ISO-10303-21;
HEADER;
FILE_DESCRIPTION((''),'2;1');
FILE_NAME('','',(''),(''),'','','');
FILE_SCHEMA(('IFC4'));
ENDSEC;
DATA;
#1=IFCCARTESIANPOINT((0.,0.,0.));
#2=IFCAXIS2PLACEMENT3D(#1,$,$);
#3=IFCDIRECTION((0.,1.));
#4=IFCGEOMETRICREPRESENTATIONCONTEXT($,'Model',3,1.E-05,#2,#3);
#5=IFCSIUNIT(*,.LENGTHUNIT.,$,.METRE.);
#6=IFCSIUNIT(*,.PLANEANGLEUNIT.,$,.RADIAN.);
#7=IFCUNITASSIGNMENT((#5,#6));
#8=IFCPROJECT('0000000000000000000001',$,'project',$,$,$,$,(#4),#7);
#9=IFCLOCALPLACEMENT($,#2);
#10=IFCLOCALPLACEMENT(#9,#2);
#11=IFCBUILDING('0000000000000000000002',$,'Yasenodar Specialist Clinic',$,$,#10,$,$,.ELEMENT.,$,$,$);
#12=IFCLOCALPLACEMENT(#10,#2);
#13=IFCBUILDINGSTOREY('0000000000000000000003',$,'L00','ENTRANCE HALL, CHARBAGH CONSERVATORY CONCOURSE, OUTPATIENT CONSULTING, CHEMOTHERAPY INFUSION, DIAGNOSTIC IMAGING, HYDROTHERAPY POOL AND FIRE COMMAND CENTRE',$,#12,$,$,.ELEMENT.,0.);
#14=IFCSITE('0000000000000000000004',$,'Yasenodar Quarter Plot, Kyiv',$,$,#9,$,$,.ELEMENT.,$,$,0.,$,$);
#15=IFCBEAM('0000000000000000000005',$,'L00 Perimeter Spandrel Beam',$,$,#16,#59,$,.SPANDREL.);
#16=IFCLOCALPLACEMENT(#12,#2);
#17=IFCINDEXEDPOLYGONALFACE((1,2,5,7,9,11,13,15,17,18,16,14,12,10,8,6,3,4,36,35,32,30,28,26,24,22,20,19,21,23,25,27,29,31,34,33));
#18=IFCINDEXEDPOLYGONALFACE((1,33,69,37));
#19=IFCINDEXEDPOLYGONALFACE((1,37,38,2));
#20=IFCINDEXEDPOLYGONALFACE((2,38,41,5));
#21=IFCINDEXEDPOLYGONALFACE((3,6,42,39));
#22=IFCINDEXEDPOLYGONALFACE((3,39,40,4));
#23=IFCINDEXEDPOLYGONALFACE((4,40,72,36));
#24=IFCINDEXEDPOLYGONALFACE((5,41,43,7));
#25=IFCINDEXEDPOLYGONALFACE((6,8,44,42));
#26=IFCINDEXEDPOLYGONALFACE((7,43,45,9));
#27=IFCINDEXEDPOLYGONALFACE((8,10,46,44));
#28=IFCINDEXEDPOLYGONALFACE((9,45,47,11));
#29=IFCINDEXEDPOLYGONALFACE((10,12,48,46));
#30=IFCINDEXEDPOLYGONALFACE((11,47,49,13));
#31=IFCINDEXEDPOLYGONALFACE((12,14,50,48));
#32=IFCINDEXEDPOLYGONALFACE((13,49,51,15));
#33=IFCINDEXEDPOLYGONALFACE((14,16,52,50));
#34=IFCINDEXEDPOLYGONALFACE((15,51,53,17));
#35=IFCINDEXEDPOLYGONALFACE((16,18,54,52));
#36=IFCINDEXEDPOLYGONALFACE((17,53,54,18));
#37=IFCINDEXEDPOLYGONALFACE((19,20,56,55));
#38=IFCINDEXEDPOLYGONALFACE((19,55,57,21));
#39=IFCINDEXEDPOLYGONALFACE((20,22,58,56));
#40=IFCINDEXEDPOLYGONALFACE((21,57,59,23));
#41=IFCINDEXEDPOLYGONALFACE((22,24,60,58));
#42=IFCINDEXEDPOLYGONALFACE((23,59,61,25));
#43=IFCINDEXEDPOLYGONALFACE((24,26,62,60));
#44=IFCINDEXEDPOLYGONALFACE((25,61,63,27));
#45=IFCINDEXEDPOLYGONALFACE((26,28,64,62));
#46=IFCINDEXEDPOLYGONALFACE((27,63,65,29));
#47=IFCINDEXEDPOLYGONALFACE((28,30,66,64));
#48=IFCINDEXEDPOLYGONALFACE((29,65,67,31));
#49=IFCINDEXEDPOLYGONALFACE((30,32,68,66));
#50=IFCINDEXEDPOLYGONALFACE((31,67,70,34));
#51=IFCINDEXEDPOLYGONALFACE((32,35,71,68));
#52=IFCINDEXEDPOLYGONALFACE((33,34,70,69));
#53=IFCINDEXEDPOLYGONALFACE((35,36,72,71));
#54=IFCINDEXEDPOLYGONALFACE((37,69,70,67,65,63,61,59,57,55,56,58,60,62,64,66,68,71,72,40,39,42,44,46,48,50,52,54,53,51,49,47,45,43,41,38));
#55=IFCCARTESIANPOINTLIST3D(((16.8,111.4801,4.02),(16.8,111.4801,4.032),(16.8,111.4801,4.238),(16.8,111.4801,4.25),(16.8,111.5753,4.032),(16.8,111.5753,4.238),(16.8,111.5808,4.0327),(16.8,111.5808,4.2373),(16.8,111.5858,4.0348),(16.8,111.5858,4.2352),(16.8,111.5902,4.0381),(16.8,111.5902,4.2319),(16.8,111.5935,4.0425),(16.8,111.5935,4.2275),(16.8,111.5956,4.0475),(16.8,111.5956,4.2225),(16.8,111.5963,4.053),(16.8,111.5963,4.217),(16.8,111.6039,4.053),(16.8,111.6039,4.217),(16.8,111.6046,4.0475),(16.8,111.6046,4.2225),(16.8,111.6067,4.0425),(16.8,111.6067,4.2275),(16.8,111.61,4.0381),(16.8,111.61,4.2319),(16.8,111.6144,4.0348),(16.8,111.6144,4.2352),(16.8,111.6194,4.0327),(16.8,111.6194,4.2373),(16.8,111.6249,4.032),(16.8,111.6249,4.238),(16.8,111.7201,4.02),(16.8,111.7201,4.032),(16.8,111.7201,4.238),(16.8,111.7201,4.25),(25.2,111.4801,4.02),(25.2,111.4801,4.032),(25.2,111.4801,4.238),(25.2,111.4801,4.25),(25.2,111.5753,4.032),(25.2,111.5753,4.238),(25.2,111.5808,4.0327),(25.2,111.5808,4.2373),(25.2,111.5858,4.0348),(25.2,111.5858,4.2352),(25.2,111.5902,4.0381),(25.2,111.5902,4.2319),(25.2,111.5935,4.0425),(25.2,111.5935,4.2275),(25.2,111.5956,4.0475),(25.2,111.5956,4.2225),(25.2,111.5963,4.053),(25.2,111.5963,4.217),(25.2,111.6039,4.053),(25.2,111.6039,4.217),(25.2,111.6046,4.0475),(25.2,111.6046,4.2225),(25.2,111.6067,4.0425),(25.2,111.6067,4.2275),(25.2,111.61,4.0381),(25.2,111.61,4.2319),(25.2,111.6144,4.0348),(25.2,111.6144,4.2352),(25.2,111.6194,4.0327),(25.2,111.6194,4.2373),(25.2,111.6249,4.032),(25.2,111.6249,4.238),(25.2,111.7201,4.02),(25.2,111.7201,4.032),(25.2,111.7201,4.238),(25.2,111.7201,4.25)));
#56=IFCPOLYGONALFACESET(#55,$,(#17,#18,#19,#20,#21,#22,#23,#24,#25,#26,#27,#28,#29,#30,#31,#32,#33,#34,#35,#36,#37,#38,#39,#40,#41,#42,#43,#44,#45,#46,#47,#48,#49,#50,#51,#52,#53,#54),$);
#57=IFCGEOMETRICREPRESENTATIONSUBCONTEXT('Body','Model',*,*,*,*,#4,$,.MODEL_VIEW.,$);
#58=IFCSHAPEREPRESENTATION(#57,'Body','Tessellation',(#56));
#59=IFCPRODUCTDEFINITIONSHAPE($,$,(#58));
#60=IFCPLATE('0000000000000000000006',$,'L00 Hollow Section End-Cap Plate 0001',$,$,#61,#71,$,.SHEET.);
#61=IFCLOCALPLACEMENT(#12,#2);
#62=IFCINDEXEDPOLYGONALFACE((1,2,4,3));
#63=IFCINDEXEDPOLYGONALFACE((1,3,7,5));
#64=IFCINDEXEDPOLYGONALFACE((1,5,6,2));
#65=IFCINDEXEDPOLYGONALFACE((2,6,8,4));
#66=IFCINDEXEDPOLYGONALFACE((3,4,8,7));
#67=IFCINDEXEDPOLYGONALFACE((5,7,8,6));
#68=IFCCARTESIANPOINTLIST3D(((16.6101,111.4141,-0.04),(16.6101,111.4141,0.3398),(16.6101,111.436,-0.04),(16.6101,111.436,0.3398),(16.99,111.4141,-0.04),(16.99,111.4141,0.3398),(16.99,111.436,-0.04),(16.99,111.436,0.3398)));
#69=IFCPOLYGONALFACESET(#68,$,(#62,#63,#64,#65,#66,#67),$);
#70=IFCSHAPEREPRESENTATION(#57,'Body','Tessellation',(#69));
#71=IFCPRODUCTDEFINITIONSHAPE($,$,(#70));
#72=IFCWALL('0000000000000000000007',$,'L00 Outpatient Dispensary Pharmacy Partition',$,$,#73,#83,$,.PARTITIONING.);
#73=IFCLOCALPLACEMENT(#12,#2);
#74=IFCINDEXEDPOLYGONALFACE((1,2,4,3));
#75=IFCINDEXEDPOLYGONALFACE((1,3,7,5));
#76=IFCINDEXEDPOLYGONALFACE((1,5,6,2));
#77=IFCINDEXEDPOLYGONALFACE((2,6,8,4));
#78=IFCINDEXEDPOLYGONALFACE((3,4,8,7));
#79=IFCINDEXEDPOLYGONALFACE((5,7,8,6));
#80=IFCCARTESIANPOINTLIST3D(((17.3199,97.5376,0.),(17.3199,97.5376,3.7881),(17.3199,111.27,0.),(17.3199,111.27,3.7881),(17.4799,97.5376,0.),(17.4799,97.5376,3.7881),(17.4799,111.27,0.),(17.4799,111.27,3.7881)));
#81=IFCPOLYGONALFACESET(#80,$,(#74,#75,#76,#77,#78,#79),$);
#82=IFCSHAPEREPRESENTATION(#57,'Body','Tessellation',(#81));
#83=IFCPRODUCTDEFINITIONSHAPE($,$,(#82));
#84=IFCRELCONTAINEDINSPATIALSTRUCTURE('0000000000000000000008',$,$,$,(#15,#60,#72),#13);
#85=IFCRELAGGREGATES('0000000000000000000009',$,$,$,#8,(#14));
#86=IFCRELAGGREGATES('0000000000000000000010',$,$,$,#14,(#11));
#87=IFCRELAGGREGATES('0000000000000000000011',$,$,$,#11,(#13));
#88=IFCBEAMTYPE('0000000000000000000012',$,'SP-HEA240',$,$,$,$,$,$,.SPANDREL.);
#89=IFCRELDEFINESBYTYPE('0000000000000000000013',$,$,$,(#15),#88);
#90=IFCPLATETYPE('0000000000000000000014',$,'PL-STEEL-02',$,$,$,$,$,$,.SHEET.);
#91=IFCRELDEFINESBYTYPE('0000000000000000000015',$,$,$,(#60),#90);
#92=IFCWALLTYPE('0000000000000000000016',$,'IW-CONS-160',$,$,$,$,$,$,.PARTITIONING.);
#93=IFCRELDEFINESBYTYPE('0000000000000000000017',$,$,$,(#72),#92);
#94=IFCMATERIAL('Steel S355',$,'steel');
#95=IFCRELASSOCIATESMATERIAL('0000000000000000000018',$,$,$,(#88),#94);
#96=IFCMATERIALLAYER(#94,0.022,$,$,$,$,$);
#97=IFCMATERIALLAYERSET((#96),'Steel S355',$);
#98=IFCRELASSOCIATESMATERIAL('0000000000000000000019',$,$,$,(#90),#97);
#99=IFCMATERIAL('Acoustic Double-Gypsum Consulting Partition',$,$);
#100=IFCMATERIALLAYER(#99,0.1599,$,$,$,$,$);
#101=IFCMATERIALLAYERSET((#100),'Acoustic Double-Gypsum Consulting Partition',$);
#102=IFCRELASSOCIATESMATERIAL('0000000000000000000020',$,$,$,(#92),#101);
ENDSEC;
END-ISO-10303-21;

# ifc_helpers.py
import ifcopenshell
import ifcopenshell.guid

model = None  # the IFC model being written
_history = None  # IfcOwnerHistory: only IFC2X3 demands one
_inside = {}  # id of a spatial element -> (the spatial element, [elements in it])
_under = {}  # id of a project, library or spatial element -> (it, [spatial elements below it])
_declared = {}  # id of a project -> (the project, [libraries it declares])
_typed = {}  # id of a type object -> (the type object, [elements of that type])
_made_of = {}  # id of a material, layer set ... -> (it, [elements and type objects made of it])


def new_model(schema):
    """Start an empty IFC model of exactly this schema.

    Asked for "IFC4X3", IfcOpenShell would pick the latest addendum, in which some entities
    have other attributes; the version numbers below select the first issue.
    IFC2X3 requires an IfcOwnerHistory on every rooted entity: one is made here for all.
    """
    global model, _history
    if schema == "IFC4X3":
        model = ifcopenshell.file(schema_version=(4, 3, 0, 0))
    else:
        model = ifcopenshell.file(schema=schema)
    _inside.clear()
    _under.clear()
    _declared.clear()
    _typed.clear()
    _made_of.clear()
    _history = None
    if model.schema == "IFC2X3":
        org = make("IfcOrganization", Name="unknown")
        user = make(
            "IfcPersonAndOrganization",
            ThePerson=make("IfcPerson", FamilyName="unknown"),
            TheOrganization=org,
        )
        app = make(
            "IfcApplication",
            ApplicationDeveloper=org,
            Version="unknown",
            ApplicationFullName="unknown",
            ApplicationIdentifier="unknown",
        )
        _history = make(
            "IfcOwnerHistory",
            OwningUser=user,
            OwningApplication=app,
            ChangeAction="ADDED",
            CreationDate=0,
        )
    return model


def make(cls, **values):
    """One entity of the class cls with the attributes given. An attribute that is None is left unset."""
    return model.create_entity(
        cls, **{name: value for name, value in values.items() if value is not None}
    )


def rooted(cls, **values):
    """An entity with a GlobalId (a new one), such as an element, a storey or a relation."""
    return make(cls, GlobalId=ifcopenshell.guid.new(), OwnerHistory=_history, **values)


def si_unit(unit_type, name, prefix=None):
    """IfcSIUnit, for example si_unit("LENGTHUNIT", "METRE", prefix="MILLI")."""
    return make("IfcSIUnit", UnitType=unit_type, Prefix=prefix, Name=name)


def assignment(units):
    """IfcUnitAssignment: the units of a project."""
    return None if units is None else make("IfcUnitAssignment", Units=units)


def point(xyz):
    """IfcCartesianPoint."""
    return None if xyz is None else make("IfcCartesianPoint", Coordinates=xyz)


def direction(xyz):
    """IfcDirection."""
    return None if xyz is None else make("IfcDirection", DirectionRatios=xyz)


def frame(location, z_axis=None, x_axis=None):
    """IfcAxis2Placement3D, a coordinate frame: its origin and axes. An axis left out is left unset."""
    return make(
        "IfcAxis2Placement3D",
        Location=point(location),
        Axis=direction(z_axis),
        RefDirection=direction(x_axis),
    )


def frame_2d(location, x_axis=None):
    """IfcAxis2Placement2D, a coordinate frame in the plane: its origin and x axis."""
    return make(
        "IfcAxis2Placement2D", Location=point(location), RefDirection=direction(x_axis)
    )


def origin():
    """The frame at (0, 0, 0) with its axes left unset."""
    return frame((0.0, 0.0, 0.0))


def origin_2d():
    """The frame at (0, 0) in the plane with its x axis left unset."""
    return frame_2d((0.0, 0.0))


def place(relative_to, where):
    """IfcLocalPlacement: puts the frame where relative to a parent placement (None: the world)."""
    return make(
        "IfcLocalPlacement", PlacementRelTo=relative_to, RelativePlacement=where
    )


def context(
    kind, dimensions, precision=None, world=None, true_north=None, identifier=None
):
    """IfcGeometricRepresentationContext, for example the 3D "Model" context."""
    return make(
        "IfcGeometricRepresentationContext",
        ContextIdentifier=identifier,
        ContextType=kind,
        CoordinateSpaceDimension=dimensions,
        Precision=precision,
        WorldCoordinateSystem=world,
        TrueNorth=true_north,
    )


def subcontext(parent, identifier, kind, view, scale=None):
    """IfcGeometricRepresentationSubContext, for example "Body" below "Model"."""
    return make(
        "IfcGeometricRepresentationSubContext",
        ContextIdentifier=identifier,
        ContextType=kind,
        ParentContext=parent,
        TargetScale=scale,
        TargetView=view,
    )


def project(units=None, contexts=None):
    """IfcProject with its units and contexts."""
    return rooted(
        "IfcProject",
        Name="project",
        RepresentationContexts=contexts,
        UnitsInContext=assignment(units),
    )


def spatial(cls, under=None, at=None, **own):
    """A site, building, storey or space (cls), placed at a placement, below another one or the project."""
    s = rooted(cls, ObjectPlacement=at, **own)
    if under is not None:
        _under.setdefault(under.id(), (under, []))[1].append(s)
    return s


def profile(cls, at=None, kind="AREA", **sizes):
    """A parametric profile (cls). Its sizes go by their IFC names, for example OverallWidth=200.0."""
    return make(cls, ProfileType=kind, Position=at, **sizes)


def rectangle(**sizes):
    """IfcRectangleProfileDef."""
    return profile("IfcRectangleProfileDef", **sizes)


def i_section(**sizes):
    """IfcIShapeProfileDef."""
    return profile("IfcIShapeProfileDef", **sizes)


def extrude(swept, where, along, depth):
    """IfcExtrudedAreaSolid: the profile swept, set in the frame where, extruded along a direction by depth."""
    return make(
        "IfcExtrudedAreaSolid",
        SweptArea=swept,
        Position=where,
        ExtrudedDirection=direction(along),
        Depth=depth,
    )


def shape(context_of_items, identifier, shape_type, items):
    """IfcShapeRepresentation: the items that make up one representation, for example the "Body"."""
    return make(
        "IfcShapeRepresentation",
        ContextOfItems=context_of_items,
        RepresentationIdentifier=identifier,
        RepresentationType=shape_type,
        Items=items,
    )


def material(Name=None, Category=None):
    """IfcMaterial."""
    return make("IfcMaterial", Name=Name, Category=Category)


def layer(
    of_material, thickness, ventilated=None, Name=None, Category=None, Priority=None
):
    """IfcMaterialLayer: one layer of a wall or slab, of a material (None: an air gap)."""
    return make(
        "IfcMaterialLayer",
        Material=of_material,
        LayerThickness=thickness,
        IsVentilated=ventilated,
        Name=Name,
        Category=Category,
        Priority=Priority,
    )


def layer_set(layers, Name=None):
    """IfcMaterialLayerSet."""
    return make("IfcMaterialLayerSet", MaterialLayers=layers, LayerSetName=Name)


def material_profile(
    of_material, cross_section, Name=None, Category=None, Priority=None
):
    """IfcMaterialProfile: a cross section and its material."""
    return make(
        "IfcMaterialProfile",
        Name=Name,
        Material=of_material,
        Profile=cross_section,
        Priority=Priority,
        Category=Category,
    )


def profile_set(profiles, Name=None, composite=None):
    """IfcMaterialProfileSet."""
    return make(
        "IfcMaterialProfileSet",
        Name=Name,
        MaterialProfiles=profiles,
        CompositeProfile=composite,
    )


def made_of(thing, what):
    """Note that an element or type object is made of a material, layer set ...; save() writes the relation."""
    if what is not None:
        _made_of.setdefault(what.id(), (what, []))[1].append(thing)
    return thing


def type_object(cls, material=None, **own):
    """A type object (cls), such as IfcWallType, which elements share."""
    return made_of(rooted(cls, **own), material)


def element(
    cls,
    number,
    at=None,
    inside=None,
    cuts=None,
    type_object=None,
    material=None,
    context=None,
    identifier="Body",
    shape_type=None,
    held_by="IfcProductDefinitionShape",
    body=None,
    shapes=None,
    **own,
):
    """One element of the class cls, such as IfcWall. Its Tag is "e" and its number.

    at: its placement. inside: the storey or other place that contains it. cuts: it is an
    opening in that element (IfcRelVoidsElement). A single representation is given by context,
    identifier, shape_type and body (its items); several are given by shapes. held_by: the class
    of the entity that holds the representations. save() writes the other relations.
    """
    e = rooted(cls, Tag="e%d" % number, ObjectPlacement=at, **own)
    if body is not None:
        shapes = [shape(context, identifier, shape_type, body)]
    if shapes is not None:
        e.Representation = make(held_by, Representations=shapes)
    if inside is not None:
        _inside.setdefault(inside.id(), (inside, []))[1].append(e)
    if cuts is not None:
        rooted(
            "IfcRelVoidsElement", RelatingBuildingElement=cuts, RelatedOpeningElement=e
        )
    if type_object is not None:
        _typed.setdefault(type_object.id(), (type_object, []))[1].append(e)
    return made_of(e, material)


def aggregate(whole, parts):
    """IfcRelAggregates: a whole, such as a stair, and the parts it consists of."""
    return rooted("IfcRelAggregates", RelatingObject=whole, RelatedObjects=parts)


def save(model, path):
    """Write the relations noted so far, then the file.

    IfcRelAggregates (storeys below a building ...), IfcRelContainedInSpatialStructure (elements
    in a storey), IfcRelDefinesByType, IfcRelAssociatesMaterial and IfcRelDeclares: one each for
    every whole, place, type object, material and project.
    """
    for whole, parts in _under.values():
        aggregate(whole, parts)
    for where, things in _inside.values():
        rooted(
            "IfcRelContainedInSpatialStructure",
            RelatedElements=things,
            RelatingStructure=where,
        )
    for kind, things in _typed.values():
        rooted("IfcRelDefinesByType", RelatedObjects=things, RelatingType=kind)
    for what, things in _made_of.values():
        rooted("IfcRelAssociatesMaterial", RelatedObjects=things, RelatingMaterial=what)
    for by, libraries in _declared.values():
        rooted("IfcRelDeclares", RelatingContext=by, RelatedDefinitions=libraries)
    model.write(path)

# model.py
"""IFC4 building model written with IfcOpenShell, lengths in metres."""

from ifc_helpers import new_model, si_unit, direction, frame, frame_2d, origin, origin_2d, place, context, subcontext, project, spatial, rectangle, i_section, extrude, material, layer, layer_set, material_profile, profile_set, type_object, element, save


model = new_model("IFC4")

# Units and contexts
model_context = context("Model", 3, precision=1e-05, world=origin(), true_north=direction((0.0, 1.0)))
body_context = subcontext(model_context, "Body", "Model", "MODEL_VIEW")
ifc_project = project(units=[si_unit("LENGTHUNIT", "METRE"), si_unit("PLANEANGLEUNIT", "RADIAN")], contexts=[model_context])

# Site, building, storey
site_placement = place(None, origin())
site = spatial("IfcSite", under=ifc_project, at=site_placement, Name="Yasenodar Quarter Plot, Kyiv", CompositionType="ELEMENT", RefElevation=0.0)
building_placement = place(site_placement, origin())
building = spatial("IfcBuilding", under=site, at=building_placement, Name="Yasenodar Specialist Clinic", CompositionType="ELEMENT")
storey_placement = place(building_placement, origin())
storey = spatial("IfcBuildingStorey", under=building, at=storey_placement, Name="L00", Description="ENTRANCE HALL, CHARBAGH CONSERVATORY CONCOURSE, OUTPATIENT CONSULTING, CHEMOTHERAPY INFUSION, DIAGNOSTIC IMAGING, HYDROTHERAPY POOL AND FIRE COMMAND CENTRE", CompositionType="ELEMENT", Elevation=0.0)

# Shared definitions
ifc_material_1 = material(Name="Steel S355", Category="steel")

# Beam
ifc_material_profile_1 = material_profile(ifc_material_1, i_section(OverallWidth=0.24, OverallDepth=0.23, WebThickness=0.0076, FlangeThickness=0.012, FilletRadius=0.021, at=origin_2d()), Name="HEA 240")
ifc_profile_set_1 = profile_set([ifc_material_profile_1], Name="Steel S355")
beam_type_1 = type_object("IfcBeamType", Name="SP-HEA240", PredefinedType="SPANDREL", material=ifc_profile_set_1)
beam_1_placement = place(storey_placement, frame((16.8, 111.6001, 4.135), z_axis=(1.0, 0.0, 0.0), x_axis=(0.0, 1.0, 0.0)))
element("IfcBeam", 1, at=beam_1_placement, inside=storey, type_object=beam_type_1, Name="L00 Perimeter Spandrel Beam", PredefinedType="SPANDREL", context=body_context, shape_type="SweptSolid", body=[
    extrude(i_section(OverallWidth=0.24, OverallDepth=0.23, WebThickness=0.0076, FlangeThickness=0.012, FilletRadius=0.021, at=origin_2d()), origin(), (0.0, 0.0, 1.0), 8.3999),
])

# Plate
ifc_layer_1 = layer(ifc_material_1, 0.022)
ifc_layer_set_1 = layer_set([ifc_layer_1], Name="Steel S355")
plate_type = type_object("IfcPlateType", Name="PL-STEEL-02", PredefinedType="SHEET", material=ifc_layer_set_1)
plate_placement = place(storey_placement, frame((16.8, 111.425, -0.04), z_axis=(0.0, 0.0, 1.0), x_axis=(1.0, 0.0, 0.0)))
element("IfcPlate", 2, at=plate_placement, inside=storey, type_object=plate_type, Name="L00 Hollow Section End-Cap Plate 0001", PredefinedType="SHEET", context=body_context, shape_type="SweptSolid", body=[
    extrude(rectangle(XDim=0.3799, YDim=0.022, at=origin_2d()), origin(), (0.0, 0.0, 1.0), 0.3799),
])

# Wall
ifc_material_2 = material(Name="Acoustic Double-Gypsum Consulting Partition")
ifc_layer_2 = layer(ifc_material_2, 0.1599)
ifc_layer_set_2 = layer_set([ifc_layer_2], Name="Acoustic Double-Gypsum Consulting Partition")
wall_type = type_object("IfcWallType", Name="IW-CONS-160", PredefinedType="PARTITIONING", material=ifc_layer_set_2)
wall_placement = place(storey_placement, frame((17.3999, 97.5376, 0.0), z_axis=(0.0, 0.0, 1.0), x_axis=(0.0, 1.0, 0.0)))
element("IfcWall", 3, at=wall_placement, inside=storey, type_object=wall_type, Name="L00 Outpatient Dispensary Pharmacy Partition", PredefinedType="PARTITIONING", context=body_context, shape_type="SweptSolid", body=[
    extrude(rectangle(XDim=13.7324, YDim=0.1599, at=frame_2d((6.8662, 0.0))), origin(), (0.0, 0.0, 1.0), 3.7881),
])

save(model, "model.ifc")
